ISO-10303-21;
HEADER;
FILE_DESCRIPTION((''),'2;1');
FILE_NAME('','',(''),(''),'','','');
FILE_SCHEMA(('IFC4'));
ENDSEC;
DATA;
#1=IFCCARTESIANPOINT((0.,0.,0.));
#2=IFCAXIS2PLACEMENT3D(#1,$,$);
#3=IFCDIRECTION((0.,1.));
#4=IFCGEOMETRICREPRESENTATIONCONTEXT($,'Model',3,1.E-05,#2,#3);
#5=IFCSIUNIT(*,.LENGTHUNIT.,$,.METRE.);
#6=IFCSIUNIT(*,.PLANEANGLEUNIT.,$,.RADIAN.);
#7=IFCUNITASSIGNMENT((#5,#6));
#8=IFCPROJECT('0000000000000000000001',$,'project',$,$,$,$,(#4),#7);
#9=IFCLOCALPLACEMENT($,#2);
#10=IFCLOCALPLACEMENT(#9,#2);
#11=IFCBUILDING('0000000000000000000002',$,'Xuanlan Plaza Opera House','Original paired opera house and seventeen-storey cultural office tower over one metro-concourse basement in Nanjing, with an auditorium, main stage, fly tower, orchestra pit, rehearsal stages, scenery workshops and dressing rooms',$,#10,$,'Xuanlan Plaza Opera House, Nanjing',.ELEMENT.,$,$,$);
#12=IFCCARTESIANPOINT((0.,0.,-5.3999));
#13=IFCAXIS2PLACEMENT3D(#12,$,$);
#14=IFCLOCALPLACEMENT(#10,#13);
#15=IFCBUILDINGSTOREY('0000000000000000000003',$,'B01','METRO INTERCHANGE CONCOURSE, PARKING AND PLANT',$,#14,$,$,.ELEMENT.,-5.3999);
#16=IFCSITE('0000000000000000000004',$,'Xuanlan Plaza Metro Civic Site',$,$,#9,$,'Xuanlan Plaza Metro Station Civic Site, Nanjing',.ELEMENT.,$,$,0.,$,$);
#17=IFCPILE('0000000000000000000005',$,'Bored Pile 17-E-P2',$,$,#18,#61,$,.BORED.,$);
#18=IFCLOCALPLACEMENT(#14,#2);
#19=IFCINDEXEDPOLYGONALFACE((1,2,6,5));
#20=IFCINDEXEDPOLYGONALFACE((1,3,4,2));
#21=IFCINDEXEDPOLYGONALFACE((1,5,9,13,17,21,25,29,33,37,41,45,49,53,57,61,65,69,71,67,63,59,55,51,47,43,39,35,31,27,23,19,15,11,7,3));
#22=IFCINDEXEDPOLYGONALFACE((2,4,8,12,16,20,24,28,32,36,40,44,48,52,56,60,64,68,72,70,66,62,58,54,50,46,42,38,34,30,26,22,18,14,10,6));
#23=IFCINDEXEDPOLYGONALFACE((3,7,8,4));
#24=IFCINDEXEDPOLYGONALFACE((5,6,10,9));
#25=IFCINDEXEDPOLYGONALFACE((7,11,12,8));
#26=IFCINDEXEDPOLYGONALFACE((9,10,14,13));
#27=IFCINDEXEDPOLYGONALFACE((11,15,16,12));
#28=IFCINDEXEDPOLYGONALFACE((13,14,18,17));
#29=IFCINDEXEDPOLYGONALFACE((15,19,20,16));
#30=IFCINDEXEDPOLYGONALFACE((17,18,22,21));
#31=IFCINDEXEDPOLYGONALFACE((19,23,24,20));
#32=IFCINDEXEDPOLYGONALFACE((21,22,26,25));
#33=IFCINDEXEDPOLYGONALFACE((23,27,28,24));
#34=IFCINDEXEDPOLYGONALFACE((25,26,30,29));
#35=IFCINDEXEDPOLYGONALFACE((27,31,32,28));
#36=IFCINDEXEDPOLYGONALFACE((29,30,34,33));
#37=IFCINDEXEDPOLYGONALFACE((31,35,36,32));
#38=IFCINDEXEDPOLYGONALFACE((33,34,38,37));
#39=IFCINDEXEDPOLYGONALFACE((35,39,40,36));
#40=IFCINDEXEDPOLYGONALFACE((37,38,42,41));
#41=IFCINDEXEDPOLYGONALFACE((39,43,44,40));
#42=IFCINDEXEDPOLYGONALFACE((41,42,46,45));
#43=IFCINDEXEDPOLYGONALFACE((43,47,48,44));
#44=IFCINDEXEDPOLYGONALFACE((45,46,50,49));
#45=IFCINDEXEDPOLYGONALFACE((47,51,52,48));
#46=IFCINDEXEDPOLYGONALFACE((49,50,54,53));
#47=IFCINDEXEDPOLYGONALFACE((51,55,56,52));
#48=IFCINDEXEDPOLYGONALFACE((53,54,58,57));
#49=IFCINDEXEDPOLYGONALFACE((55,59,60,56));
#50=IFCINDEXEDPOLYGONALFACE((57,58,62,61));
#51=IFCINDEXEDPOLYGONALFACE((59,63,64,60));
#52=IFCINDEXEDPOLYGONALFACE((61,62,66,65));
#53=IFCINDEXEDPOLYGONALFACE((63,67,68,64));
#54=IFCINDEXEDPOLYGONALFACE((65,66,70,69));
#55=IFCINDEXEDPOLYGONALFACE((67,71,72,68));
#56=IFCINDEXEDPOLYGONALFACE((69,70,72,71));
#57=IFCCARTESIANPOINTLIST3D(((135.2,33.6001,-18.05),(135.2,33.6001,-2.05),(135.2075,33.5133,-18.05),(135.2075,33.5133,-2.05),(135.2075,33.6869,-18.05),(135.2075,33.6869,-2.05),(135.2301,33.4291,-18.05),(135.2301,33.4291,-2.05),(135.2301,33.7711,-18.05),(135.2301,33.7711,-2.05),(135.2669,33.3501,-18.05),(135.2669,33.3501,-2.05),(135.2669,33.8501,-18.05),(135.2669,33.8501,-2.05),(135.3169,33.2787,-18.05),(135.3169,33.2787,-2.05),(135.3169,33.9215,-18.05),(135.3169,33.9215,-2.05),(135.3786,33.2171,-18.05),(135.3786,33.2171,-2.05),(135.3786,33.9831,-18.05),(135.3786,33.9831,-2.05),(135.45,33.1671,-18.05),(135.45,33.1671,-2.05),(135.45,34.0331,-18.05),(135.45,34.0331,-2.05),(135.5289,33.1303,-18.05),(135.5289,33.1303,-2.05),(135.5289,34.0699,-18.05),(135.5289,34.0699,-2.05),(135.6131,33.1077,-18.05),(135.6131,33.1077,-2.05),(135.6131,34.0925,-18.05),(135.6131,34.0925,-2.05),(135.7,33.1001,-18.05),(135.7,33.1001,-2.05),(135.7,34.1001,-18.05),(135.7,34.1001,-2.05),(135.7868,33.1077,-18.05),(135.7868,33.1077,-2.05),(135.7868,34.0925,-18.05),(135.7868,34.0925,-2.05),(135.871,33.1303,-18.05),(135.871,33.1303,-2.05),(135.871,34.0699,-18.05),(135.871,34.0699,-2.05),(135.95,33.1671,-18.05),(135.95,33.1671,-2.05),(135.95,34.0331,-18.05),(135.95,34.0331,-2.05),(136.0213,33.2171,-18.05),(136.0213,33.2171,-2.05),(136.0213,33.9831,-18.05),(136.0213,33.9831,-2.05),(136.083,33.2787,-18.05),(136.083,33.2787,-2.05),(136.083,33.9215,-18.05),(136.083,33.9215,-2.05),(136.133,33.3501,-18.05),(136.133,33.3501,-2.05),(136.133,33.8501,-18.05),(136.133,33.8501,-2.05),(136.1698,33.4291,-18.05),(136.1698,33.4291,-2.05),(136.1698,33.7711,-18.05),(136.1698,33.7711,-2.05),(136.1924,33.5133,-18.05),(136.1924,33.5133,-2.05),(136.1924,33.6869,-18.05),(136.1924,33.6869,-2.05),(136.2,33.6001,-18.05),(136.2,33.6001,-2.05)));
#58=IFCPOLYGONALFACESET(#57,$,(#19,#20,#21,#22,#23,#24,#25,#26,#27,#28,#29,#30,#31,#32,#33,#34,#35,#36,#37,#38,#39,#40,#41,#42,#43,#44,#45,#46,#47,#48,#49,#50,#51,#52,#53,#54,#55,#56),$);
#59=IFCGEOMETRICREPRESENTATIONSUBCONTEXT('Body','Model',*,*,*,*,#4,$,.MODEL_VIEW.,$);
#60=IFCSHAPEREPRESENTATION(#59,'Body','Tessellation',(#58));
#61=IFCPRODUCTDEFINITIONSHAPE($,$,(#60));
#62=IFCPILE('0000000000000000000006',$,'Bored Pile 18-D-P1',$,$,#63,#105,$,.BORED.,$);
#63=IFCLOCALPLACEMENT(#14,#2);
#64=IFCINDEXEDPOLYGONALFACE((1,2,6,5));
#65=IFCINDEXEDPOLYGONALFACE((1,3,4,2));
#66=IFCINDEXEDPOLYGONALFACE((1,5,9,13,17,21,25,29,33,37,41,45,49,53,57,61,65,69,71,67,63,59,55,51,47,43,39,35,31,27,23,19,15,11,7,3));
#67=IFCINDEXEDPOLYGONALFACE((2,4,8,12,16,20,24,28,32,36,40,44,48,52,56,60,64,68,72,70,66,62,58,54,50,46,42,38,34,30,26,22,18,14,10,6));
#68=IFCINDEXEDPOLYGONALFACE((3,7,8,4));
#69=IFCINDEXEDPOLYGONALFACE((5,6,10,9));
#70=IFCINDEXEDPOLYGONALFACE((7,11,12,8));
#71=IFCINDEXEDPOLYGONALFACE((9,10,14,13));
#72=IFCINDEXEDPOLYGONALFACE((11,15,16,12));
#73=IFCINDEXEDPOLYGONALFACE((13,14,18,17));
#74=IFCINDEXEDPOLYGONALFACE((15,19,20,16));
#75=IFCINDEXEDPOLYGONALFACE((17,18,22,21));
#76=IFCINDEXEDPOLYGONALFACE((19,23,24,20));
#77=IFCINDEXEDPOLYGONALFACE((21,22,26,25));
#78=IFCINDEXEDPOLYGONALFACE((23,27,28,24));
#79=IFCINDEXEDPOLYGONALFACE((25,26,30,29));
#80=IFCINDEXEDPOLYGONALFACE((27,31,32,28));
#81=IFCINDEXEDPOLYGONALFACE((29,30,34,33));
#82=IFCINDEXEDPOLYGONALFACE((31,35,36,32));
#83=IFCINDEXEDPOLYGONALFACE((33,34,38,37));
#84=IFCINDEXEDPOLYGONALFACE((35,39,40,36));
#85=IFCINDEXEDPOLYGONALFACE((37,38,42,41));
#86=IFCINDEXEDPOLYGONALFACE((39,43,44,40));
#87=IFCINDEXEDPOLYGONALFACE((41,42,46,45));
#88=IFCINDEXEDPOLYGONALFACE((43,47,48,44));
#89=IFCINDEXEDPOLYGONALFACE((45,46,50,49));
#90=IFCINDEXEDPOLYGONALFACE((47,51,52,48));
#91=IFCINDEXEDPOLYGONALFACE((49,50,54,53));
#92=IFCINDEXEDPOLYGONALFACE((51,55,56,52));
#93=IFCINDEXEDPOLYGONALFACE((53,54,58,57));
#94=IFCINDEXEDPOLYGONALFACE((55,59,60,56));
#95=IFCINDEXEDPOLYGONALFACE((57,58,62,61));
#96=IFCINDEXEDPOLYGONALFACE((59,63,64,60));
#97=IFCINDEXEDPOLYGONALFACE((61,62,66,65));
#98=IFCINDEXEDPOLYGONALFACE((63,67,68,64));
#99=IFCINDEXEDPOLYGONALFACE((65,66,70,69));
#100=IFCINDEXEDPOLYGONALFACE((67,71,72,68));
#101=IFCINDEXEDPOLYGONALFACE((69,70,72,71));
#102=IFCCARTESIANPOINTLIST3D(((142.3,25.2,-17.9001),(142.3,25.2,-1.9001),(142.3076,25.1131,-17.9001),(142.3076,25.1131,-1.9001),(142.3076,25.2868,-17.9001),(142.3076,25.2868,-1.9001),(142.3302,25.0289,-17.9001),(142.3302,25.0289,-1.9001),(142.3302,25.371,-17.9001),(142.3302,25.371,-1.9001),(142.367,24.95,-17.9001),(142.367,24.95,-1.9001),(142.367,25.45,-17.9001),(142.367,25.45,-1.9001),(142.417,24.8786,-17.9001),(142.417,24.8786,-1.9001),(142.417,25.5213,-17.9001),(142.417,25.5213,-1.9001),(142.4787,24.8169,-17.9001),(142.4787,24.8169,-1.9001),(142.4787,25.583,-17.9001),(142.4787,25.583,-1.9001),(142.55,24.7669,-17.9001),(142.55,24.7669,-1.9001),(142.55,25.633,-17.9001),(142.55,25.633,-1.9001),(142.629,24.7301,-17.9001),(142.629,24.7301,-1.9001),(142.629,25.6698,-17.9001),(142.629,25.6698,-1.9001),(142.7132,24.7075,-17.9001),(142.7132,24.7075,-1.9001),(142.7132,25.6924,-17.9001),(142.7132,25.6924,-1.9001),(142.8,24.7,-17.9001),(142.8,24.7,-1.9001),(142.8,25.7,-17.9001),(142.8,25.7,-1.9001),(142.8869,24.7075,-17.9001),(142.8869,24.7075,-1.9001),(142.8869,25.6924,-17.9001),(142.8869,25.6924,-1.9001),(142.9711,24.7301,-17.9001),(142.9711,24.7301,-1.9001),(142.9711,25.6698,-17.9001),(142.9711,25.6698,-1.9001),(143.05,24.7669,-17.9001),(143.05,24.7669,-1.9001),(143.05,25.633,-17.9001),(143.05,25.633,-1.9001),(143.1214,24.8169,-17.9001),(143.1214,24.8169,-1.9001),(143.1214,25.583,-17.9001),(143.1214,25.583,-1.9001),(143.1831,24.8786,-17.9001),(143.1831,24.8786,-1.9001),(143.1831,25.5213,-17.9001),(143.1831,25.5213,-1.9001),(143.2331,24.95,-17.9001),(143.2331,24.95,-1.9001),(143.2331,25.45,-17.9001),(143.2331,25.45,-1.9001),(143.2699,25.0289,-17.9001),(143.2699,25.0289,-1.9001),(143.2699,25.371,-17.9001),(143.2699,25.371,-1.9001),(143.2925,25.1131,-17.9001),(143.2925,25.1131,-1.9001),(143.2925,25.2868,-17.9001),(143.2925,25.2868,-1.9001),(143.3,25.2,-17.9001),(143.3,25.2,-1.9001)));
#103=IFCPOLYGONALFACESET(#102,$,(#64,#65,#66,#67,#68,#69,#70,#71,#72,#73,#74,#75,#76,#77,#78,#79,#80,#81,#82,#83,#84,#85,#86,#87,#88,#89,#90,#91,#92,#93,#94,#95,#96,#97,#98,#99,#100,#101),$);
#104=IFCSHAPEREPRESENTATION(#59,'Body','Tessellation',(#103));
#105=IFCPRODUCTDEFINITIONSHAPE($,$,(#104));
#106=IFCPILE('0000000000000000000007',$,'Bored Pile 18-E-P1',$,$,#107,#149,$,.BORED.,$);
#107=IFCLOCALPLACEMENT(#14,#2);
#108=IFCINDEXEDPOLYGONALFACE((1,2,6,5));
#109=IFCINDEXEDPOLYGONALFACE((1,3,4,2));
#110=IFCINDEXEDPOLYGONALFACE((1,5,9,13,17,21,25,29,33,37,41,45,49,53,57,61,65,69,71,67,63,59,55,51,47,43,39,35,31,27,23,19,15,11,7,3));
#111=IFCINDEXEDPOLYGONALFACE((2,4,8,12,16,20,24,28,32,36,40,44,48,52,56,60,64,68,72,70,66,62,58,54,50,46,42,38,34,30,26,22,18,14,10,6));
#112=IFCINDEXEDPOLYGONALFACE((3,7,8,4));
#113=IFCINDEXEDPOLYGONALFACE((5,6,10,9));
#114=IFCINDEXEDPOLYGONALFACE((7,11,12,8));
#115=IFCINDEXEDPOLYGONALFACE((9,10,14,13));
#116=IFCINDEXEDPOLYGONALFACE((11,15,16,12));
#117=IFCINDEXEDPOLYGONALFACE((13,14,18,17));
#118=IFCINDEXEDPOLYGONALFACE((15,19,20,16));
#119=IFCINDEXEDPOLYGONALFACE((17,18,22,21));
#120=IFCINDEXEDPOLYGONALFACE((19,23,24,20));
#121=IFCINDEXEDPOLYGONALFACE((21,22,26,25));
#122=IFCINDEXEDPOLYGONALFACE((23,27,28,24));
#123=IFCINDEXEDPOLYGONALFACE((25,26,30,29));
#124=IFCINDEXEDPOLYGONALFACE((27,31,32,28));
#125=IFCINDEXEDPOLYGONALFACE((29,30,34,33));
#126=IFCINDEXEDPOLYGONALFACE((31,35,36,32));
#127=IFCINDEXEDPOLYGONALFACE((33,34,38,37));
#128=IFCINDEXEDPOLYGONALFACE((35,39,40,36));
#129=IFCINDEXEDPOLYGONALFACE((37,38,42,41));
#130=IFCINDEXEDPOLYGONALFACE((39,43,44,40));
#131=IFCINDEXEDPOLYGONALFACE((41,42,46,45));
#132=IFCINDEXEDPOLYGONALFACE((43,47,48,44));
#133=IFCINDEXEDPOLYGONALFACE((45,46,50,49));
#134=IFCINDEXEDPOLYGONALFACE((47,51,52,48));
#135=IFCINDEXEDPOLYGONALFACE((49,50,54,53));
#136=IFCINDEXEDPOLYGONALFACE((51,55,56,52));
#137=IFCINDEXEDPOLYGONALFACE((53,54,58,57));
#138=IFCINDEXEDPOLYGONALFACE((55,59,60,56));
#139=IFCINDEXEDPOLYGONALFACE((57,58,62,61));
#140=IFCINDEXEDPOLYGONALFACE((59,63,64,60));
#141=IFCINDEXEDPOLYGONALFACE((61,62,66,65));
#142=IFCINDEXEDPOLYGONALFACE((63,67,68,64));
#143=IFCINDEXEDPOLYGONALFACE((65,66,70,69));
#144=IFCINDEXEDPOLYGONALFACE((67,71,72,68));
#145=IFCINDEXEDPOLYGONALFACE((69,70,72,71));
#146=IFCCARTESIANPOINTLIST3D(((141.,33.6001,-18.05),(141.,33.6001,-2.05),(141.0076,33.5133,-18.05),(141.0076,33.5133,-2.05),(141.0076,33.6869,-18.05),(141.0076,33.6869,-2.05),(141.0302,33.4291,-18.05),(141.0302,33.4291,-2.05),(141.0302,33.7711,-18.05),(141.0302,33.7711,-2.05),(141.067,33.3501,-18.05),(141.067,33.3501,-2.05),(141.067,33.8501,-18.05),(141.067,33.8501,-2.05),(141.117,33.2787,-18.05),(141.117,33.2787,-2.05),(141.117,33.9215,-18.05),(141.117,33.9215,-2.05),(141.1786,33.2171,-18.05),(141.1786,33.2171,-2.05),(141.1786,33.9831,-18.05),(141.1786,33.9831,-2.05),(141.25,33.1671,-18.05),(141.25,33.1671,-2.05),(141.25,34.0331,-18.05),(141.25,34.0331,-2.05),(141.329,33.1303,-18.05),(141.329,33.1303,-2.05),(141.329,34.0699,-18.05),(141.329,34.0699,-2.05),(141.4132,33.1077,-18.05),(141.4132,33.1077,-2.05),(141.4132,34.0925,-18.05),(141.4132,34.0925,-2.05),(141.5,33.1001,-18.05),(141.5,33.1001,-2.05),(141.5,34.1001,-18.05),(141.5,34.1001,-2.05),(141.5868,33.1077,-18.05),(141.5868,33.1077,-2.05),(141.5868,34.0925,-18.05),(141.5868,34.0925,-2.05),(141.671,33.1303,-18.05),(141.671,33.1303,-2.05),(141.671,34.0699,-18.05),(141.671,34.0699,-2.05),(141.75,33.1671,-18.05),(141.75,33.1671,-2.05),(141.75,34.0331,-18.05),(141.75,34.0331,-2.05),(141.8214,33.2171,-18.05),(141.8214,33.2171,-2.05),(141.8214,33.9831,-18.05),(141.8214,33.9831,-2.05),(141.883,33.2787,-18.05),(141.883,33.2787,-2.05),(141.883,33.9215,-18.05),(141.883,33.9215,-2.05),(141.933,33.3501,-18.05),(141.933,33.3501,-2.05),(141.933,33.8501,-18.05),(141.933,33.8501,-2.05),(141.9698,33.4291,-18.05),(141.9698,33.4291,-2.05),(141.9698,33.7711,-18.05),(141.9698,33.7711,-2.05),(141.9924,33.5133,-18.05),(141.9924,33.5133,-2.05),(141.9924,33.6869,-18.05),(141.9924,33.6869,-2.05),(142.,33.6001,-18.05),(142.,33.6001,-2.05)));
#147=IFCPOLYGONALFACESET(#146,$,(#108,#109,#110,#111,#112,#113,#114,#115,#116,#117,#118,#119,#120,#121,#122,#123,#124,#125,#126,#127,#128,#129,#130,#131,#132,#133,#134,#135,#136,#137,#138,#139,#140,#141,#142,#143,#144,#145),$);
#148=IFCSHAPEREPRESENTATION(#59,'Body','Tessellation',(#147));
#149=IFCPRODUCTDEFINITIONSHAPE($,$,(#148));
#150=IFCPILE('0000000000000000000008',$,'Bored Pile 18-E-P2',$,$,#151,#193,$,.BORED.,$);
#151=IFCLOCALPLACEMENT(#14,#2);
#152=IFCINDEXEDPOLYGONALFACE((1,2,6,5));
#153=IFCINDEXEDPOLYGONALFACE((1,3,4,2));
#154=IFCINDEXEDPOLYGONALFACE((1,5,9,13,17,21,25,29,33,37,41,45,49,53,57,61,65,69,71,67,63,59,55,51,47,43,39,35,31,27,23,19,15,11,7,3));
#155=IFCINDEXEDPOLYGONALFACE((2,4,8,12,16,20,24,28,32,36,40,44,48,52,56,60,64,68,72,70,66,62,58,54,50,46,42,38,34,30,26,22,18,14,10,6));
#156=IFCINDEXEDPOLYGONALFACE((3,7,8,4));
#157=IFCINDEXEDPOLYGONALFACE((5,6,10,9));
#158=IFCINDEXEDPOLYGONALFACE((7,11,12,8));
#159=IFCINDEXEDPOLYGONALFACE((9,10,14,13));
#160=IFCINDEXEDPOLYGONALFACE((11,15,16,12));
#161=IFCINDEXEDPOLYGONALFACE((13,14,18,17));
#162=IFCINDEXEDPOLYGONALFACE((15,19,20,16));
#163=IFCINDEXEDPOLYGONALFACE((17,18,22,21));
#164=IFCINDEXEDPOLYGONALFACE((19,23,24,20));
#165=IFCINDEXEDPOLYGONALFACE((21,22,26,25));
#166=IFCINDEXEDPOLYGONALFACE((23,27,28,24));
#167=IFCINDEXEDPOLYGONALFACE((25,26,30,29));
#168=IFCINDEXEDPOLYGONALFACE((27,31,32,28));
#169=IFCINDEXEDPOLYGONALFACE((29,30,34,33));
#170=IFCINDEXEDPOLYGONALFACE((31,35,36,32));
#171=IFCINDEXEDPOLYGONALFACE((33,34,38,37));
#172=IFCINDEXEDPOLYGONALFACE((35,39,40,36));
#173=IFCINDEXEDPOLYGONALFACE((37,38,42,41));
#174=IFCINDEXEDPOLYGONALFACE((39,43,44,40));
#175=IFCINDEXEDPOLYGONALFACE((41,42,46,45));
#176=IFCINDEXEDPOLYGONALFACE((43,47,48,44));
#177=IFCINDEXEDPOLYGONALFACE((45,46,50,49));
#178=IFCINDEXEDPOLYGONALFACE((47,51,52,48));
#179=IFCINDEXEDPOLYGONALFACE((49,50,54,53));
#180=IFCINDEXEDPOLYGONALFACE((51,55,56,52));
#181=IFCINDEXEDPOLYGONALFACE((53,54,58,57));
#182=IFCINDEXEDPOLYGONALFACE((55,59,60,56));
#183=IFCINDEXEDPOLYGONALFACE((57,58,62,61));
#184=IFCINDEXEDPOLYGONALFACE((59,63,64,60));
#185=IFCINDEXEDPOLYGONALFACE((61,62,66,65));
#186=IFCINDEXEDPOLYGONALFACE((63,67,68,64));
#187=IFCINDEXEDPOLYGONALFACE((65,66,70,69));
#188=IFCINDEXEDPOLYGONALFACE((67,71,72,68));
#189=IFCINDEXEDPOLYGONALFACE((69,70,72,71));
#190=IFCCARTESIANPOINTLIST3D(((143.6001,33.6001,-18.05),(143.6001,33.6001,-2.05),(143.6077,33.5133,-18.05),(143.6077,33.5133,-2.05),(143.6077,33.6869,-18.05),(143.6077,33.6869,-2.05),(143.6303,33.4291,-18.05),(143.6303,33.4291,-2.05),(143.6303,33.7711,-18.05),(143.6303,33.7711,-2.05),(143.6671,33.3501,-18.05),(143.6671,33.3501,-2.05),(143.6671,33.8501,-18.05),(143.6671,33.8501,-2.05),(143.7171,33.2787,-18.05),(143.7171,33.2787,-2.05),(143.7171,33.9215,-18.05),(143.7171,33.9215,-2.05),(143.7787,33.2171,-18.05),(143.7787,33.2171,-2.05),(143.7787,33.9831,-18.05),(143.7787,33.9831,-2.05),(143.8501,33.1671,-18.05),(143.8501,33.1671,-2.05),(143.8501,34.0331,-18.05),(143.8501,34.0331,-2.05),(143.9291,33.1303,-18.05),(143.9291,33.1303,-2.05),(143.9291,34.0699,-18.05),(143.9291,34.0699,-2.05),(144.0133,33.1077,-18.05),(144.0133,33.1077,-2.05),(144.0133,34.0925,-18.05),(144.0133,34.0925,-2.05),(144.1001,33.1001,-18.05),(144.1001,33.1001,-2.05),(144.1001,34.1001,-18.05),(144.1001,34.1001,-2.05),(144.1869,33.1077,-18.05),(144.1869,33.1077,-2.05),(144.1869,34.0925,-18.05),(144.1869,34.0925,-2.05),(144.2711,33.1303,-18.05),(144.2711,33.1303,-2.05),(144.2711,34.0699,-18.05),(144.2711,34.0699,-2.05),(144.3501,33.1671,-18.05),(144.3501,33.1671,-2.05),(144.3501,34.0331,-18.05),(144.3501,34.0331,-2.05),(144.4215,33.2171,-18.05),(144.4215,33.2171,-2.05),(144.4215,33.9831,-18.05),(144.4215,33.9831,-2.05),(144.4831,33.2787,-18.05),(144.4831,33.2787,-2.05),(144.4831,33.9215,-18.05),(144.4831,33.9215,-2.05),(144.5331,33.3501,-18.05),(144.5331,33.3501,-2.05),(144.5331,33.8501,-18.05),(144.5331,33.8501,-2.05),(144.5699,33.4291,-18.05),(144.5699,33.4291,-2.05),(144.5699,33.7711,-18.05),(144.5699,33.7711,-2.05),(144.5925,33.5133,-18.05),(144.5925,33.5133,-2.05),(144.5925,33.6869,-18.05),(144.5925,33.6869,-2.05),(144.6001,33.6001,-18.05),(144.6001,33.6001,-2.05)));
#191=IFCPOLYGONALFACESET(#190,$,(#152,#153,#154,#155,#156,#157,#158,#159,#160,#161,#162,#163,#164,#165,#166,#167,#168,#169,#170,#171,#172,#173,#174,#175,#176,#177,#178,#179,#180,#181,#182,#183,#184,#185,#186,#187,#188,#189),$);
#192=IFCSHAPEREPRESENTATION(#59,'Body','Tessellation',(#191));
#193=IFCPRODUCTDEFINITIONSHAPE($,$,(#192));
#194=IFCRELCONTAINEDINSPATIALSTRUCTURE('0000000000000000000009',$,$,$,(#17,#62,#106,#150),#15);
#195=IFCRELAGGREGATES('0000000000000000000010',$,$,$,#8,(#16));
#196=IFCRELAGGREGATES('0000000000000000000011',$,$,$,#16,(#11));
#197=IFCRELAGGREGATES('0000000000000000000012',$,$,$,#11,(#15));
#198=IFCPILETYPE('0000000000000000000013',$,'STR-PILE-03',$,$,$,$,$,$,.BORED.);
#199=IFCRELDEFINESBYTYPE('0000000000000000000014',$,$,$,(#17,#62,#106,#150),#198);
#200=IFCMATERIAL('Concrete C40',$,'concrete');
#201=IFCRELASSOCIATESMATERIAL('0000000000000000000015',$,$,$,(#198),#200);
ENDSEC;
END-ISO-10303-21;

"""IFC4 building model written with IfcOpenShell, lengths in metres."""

from ifc_helpers import new_model, si_unit, direction, frame, origin, origin_2d, place, context, subcontext, project, spatial, circle, extrude, material, material_profile, profile_set, type_object, element, save


model = new_model("IFC4")

# Units and contexts
model_context = context("Model", 3, precision=1e-05, world=origin(), true_north=direction((0.0, 1.0)))
body_context = subcontext(model_context, "Body", "Model", "MODEL_VIEW")
ifc_project = project(units=[si_unit("LENGTHUNIT", "METRE"), si_unit("PLANEANGLEUNIT", "RADIAN")], contexts=[model_context])

# Site, building, storey
site_placement = place(None, origin())
site = spatial("IfcSite", under=ifc_project, at=site_placement, Name="Xuanlan Plaza Metro Civic Site", LongName="Xuanlan Plaza Metro Station Civic Site, Nanjing", CompositionType="ELEMENT", RefElevation=0.0)
building_placement = place(site_placement, origin())
building = spatial("IfcBuilding", under=site, at=building_placement, Name="Xuanlan Plaza Opera House", Description="Original paired opera house and seventeen-storey cultural office tower over one metro-concourse basement in Nanjing, with an auditorium, main stage, fly tower, orchestra pit, rehearsal stages, scenery workshops and dressing rooms", LongName="Xuanlan Plaza Opera House, Nanjing", CompositionType="ELEMENT")
storey_placement = place(building_placement, frame((0.0, 0.0, -5.3999)))
storey = spatial("IfcBuildingStorey", under=building, at=storey_placement, Name="B01", Description="METRO INTERCHANGE CONCOURSE, PARKING AND PLANT", CompositionType="ELEMENT", Elevation=-5.3999)

# Piles
ifc_material_1 = material(Name="Concrete C40", Category="concrete")
ifc_material_profile_1 = material_profile(ifc_material_1, circle(Radius=0.5, at=origin_2d()), Name="PILE D1000")
ifc_profile_set_1 = profile_set([ifc_material_profile_1], Name="Concrete C40")
pile_type = type_object("IfcPileType", Name="STR-PILE-03", PredefinedType="BORED", material=ifc_profile_set_1)
for number, where, z_axis, x_axis, name in (
    (1, (135.7, 33.6001, -2.05), (0.0, 0.0, -1.0), (1.0, 0.0, 0.0), "Bored Pile 17-E-P2"),
    (2, (142.8, 25.2, -1.9001), (0.0, 0.0, -1.0), (1.0, 0.0, 0.0), "Bored Pile 18-D-P1"),
    (3, (141.5, 33.6001, -2.05), (0.0, 0.0, -1.0), (1.0, 0.0, 0.0), "Bored Pile 18-E-P1"),
    (4, (144.1001, 33.6001, -2.05), (0.0, 0.0, -1.0), (1.0, 0.0, 0.0), "Bored Pile 18-E-P2"),
):
    element("IfcPile", number, at=place(storey_placement, frame(where, z_axis=z_axis, x_axis=x_axis)), inside=storey, type_object=pile_type, Name=name, PredefinedType="BORED", context=body_context, shape_type="SweptSolid", body=[
        extrude(circle(Radius=0.5, at=origin_2d()), origin(), (0.0, 0.0, 1.0), 16.0),
    ])

save(model, "model.ifc")
